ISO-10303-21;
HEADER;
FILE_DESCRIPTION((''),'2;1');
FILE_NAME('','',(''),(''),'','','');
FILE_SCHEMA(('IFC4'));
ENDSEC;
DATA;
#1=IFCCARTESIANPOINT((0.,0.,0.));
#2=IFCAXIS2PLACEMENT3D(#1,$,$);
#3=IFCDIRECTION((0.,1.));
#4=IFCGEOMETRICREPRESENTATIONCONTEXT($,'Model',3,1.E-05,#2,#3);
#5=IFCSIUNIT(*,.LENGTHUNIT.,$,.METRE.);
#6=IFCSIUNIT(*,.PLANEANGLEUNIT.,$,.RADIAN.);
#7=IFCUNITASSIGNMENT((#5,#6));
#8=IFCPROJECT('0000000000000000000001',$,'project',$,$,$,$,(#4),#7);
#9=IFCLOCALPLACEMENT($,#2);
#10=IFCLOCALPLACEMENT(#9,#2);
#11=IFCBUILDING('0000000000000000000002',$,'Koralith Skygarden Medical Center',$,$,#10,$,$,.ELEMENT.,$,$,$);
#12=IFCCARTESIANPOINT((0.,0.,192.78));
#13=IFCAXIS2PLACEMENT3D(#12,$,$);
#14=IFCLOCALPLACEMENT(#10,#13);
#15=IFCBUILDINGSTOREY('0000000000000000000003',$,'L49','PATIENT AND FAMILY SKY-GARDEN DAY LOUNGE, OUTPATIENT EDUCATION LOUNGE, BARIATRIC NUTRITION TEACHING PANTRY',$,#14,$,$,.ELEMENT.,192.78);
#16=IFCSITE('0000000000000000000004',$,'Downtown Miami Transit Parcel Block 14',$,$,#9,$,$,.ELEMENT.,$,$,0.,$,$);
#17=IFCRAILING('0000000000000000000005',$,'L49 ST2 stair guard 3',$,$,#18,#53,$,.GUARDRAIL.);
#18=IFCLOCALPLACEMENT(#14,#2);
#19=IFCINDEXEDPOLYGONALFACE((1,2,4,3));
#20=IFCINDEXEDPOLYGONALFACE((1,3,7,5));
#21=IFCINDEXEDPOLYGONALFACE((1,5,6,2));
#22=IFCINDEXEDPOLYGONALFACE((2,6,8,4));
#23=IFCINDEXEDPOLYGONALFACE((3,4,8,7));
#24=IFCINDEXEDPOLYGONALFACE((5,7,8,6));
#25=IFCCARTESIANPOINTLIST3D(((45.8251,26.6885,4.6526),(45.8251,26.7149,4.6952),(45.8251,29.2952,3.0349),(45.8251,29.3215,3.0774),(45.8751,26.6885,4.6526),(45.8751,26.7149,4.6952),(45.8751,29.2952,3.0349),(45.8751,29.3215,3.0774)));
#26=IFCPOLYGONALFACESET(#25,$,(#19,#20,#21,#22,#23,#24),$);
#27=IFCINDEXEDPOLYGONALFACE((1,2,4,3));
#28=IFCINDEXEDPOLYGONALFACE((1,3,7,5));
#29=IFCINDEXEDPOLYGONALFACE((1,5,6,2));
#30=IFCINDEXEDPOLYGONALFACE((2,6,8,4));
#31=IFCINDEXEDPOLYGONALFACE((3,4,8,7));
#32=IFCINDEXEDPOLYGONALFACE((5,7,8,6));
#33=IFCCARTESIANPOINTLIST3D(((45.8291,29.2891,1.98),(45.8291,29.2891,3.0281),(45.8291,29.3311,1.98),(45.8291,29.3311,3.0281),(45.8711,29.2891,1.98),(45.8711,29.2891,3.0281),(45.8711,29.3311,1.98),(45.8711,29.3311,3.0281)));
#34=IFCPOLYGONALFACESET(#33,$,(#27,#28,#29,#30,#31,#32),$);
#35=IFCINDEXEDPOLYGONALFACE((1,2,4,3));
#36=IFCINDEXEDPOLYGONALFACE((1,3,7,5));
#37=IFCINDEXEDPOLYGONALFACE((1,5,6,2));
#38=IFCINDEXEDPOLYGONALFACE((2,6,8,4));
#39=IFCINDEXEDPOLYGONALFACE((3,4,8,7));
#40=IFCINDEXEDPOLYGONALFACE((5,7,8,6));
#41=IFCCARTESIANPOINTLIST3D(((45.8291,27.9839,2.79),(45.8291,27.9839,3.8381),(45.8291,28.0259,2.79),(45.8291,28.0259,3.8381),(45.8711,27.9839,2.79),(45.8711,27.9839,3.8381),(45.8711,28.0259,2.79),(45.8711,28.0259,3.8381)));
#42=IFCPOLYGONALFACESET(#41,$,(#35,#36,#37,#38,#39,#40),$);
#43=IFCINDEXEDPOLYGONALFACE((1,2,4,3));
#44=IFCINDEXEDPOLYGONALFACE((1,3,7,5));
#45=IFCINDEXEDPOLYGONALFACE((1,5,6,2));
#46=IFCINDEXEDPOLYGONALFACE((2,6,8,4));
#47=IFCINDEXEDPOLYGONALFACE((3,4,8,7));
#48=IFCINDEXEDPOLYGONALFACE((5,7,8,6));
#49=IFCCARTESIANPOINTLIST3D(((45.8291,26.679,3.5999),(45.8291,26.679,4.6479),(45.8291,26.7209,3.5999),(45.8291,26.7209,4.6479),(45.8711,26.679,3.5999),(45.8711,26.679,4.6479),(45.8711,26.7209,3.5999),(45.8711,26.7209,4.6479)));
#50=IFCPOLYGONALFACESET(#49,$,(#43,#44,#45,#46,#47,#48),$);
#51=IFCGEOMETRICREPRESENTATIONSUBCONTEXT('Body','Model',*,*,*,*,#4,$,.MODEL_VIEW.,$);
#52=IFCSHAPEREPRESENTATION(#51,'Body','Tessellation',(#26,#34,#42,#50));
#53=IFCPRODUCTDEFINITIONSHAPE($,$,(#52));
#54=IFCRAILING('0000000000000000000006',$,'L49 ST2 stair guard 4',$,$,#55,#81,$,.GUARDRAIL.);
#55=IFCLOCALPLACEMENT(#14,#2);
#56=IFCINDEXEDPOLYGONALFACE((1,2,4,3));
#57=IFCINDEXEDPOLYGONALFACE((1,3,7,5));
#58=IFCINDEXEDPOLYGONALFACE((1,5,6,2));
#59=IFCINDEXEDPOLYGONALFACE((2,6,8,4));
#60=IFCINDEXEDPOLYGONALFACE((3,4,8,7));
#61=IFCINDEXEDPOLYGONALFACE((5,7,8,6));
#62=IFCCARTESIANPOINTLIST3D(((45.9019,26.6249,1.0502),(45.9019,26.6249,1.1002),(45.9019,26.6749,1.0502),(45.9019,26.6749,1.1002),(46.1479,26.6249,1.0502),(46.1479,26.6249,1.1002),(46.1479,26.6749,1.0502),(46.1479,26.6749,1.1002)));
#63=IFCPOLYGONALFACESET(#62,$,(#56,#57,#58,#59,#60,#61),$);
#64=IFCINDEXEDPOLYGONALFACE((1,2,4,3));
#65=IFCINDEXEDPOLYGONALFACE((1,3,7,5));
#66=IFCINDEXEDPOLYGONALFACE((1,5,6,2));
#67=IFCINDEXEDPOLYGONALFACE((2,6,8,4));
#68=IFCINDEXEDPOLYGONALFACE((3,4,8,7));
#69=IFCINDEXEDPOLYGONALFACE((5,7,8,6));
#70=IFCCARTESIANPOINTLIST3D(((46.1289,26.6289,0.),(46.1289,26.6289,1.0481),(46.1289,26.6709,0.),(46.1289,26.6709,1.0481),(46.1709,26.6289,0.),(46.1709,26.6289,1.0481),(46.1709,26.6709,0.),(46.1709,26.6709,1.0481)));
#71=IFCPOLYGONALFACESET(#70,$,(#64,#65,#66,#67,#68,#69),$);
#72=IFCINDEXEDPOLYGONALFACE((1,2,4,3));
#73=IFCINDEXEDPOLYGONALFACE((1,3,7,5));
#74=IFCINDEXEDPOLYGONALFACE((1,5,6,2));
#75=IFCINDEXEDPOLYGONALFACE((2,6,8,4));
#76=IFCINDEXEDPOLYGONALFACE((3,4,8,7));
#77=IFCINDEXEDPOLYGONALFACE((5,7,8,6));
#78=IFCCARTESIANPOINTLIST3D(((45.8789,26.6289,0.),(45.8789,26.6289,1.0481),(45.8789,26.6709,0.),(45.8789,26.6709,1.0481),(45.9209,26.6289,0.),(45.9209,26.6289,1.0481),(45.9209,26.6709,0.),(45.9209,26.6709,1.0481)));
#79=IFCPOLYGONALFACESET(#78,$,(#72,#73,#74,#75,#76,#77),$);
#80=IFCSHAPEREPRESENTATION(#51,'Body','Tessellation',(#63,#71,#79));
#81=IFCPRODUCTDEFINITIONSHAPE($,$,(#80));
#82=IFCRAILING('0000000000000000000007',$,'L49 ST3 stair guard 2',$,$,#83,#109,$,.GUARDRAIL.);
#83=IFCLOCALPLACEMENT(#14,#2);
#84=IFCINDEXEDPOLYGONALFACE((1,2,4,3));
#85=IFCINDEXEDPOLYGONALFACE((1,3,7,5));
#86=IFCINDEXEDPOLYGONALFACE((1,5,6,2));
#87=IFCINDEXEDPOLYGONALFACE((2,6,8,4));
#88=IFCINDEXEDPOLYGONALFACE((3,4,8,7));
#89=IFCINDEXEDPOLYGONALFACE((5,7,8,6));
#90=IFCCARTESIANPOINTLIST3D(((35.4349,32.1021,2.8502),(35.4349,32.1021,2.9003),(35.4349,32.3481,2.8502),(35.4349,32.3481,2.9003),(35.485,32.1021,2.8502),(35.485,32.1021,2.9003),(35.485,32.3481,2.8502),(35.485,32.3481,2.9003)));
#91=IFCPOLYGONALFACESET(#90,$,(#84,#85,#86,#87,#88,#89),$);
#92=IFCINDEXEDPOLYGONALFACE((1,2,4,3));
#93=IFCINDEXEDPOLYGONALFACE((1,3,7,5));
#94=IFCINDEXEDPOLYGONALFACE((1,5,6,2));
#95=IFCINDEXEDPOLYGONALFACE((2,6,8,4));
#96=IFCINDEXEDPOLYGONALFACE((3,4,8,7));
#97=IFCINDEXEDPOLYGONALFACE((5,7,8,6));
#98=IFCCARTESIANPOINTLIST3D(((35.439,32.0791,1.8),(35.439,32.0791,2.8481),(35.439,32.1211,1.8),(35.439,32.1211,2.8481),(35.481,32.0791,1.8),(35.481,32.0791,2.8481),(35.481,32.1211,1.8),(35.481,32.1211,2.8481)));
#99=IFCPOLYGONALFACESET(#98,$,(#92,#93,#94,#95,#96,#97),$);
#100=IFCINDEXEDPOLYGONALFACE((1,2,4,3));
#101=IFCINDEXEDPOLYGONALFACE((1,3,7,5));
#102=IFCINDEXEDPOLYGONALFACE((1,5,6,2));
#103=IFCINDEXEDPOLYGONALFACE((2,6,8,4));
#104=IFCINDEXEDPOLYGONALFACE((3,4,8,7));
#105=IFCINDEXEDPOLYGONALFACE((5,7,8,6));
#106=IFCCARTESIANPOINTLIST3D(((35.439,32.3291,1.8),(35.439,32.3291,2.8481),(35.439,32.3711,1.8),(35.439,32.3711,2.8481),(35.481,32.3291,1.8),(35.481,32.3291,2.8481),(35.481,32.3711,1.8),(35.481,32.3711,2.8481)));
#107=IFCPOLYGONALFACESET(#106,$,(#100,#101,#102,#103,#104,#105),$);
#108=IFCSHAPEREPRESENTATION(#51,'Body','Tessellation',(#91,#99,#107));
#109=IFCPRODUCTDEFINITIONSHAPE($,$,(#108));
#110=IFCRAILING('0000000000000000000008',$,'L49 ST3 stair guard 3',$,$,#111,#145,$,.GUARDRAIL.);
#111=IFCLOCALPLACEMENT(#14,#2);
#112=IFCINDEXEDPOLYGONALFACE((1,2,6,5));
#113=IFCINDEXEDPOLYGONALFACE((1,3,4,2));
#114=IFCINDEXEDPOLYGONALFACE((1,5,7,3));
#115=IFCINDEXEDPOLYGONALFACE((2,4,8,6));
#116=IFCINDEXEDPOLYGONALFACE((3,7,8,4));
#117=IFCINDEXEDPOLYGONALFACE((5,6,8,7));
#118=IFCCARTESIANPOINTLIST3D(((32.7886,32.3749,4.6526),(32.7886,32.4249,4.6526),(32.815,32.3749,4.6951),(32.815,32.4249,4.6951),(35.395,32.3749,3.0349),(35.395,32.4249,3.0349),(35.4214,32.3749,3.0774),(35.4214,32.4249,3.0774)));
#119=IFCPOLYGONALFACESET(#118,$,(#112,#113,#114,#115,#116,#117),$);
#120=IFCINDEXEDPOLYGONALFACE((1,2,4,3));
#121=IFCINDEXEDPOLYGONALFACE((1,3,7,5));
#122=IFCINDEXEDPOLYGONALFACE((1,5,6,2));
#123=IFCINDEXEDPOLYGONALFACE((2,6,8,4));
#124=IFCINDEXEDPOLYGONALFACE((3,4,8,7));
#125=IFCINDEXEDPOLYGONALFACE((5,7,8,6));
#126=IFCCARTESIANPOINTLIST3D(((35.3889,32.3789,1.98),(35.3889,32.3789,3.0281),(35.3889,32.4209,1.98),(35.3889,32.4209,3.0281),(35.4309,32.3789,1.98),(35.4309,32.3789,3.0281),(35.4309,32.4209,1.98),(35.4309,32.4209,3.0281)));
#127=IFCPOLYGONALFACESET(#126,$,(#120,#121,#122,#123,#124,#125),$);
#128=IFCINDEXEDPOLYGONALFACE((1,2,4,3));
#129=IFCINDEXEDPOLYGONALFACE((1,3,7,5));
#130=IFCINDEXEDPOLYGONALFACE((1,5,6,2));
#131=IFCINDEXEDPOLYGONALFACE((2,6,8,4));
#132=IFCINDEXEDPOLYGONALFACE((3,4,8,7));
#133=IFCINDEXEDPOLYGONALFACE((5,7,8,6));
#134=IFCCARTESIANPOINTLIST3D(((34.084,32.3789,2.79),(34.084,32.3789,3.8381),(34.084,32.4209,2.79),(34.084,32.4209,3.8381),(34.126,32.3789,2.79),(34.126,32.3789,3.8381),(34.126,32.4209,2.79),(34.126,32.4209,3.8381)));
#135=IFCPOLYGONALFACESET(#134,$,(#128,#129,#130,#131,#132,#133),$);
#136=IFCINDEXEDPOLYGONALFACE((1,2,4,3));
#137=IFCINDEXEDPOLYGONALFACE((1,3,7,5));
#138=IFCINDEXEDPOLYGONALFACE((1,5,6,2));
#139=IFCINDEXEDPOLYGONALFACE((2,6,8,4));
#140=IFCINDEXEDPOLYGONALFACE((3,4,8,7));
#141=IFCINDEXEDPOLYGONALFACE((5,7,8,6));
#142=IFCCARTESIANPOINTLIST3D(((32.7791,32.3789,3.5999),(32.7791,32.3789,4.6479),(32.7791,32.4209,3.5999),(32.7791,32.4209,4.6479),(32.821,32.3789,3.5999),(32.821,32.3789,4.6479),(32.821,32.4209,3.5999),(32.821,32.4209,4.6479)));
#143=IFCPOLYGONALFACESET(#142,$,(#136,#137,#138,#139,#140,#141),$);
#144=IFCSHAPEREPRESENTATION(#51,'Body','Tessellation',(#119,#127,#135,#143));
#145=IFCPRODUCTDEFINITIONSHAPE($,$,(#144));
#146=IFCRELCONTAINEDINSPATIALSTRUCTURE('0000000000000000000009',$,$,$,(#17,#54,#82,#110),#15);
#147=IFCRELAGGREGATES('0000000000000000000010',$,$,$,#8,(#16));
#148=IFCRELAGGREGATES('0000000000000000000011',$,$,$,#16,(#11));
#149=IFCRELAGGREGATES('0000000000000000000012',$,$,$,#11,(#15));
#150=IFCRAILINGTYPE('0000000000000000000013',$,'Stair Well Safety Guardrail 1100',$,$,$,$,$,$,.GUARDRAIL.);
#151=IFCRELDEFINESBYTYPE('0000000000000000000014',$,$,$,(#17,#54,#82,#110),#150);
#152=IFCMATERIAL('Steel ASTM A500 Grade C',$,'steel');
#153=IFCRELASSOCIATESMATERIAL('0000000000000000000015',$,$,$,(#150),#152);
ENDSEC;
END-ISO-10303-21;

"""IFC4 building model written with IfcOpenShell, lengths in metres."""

from ifc_helpers import new_model, si_unit, direction, frame, origin, origin_2d, place, context, subcontext, project, spatial, rectangle, extrude, material, type_object, element, save


model = new_model("IFC4")

# Units and contexts
model_context = context("Model", 3, precision=1e-05, world=origin(), true_north=direction((0.0, 1.0)))
body_context = subcontext(model_context, "Body", "Model", "MODEL_VIEW")
ifc_project = project(units=[si_unit("LENGTHUNIT", "METRE"), si_unit("PLANEANGLEUNIT", "RADIAN")], contexts=[model_context])

# Site, building, storey
site_placement = place(None, origin())
site = spatial("IfcSite", under=ifc_project, at=site_placement, Name="Downtown Miami Transit Parcel Block 14", CompositionType="ELEMENT", RefElevation=0.0)
building_placement = place(site_placement, origin())
building = spatial("IfcBuilding", under=site, at=building_placement, Name="Koralith Skygarden Medical Center", CompositionType="ELEMENT")
storey_placement = place(building_placement, frame((0.0, 0.0, 192.78)))
storey = spatial("IfcBuildingStorey", under=building, at=storey_placement, Name="L49", Description="PATIENT AND FAMILY SKY-GARDEN DAY LOUNGE, OUTPATIENT EDUCATION LOUNGE, BARIATRIC NUTRITION TEACHING PANTRY", CompositionType="ELEMENT", Elevation=192.78)

# Shared definitions
ifc_material_1 = material(Name="Steel ASTM A500 Grade C", Category="steel")

# Railings
railing_type_1 = type_object("IfcRailingType", Name="Stair Well Safety Guardrail 1100", PredefinedType="GUARDRAIL", material=ifc_material_1)
railing_1_placement = place(storey_placement, frame((45.8501, 29.3101, 1.98)))
element("IfcRailing", 1, at=railing_1_placement, inside=storey, type_object=railing_type_1, Name="L49 ST2 stair guard 3", PredefinedType="GUARDRAIL", context=body_context, shape_type="SweptSolid", body=[
    extrude(rectangle(XDim=0.05, YDim=0.05, at=origin_2d()), frame((0.0, -0.0017, 1.0762), z_axis=(0.0, -0.849668, 0.527317), x_axis=(1.0, 0.0, 0.0)), (0.0, 0.0, 1.0), 3.0679),
    extrude(rectangle(XDim=0.042, YDim=0.042, at=origin_2d()), origin(), (0.0, 0.0, 1.0), 1.0481),
    extrude(rectangle(XDim=0.042, YDim=0.042, at=origin_2d()), frame((0.0, -1.3052, 0.8101)), (0.0, 0.0, 1.0), 1.0481),
    extrude(rectangle(XDim=0.042, YDim=0.042, at=origin_2d()), frame((0.0, -2.6101, 1.6199)), (0.0, 0.0, 1.0), 1.0481),
])
railing_2_placement = place(storey_placement, frame((46.1499, 26.6499, 0.0)))
element("IfcRailing", 2, at=railing_2_placement, inside=storey, type_object=railing_type_1, Name="L49 ST2 stair guard 4", PredefinedType="GUARDRAIL", context=body_context, shape_type="SweptSolid", body=[
    extrude(rectangle(XDim=0.05, YDim=0.05, at=origin_2d()), frame((-0.002, 0.0, 1.0752), z_axis=(-1.0, 0.0, 0.0), x_axis=(0.0, -1.0, 0.0)), (0.0, 0.0, 1.0), 0.2461),
    extrude(rectangle(XDim=0.042, YDim=0.042, at=origin_2d()), origin(), (0.0, 0.0, 1.0), 1.0481),
    extrude(rectangle(XDim=0.042, YDim=0.042, at=origin_2d()), frame((-0.25, 0.0, 0.0)), (0.0, 0.0, 1.0), 1.0481),
])
railing_3_placement = place(storey_placement, frame((35.46, 32.1001, 1.8)))
element("IfcRailing", 3, at=railing_3_placement, inside=storey, type_object=railing_type_1, Name="L49 ST3 stair guard 2", PredefinedType="GUARDRAIL", context=body_context, shape_type="SweptSolid", body=[
    extrude(rectangle(XDim=0.05, YDim=0.05, at=origin_2d()), frame((0.0, 0.002, 1.0752), z_axis=(0.0, 1.0, 0.0), x_axis=(-1.0, 0.0, 0.0)), (0.0, 0.0, 1.0), 0.2461),
    extrude(rectangle(XDim=0.042, YDim=0.042, at=origin_2d()), origin(), (0.0, 0.0, 1.0), 1.0481),
    extrude(rectangle(XDim=0.042, YDim=0.042, at=origin_2d()), frame((0.0, 0.25, 0.0)), (0.0, 0.0, 1.0), 1.0481),
])
railing_4_placement = place(storey_placement, frame((35.4099, 32.3999, 1.98)))
element("IfcRailing", 4, at=railing_4_placement, inside=storey, type_object=railing_type_1, Name="L49 ST3 stair guard 3", PredefinedType="GUARDRAIL", context=body_context, shape_type="SweptSolid", body=[
    extrude(rectangle(XDim=0.05, YDim=0.05, at=origin_2d()), frame((-0.0017, 0.0, 1.0762), z_axis=(-0.849646, 0.0, 0.527353), x_axis=(0.0, -1.0, 0.0)), (0.0, 0.0, 1.0), 3.0676),
    extrude(rectangle(XDim=0.042, YDim=0.042, at=origin_2d()), origin(), (0.0, 0.0, 1.0), 1.0481),
    extrude(rectangle(XDim=0.042, YDim=0.042, at=origin_2d()), frame((-1.3049, 0.0, 0.8101)), (0.0, 0.0, 1.0), 1.0481),
    extrude(rectangle(XDim=0.042, YDim=0.042, at=origin_2d()), frame((-2.6099, 0.0, 1.6199)), (0.0, 0.0, 1.0), 1.0481),
])

save(model, "model.ifc")
